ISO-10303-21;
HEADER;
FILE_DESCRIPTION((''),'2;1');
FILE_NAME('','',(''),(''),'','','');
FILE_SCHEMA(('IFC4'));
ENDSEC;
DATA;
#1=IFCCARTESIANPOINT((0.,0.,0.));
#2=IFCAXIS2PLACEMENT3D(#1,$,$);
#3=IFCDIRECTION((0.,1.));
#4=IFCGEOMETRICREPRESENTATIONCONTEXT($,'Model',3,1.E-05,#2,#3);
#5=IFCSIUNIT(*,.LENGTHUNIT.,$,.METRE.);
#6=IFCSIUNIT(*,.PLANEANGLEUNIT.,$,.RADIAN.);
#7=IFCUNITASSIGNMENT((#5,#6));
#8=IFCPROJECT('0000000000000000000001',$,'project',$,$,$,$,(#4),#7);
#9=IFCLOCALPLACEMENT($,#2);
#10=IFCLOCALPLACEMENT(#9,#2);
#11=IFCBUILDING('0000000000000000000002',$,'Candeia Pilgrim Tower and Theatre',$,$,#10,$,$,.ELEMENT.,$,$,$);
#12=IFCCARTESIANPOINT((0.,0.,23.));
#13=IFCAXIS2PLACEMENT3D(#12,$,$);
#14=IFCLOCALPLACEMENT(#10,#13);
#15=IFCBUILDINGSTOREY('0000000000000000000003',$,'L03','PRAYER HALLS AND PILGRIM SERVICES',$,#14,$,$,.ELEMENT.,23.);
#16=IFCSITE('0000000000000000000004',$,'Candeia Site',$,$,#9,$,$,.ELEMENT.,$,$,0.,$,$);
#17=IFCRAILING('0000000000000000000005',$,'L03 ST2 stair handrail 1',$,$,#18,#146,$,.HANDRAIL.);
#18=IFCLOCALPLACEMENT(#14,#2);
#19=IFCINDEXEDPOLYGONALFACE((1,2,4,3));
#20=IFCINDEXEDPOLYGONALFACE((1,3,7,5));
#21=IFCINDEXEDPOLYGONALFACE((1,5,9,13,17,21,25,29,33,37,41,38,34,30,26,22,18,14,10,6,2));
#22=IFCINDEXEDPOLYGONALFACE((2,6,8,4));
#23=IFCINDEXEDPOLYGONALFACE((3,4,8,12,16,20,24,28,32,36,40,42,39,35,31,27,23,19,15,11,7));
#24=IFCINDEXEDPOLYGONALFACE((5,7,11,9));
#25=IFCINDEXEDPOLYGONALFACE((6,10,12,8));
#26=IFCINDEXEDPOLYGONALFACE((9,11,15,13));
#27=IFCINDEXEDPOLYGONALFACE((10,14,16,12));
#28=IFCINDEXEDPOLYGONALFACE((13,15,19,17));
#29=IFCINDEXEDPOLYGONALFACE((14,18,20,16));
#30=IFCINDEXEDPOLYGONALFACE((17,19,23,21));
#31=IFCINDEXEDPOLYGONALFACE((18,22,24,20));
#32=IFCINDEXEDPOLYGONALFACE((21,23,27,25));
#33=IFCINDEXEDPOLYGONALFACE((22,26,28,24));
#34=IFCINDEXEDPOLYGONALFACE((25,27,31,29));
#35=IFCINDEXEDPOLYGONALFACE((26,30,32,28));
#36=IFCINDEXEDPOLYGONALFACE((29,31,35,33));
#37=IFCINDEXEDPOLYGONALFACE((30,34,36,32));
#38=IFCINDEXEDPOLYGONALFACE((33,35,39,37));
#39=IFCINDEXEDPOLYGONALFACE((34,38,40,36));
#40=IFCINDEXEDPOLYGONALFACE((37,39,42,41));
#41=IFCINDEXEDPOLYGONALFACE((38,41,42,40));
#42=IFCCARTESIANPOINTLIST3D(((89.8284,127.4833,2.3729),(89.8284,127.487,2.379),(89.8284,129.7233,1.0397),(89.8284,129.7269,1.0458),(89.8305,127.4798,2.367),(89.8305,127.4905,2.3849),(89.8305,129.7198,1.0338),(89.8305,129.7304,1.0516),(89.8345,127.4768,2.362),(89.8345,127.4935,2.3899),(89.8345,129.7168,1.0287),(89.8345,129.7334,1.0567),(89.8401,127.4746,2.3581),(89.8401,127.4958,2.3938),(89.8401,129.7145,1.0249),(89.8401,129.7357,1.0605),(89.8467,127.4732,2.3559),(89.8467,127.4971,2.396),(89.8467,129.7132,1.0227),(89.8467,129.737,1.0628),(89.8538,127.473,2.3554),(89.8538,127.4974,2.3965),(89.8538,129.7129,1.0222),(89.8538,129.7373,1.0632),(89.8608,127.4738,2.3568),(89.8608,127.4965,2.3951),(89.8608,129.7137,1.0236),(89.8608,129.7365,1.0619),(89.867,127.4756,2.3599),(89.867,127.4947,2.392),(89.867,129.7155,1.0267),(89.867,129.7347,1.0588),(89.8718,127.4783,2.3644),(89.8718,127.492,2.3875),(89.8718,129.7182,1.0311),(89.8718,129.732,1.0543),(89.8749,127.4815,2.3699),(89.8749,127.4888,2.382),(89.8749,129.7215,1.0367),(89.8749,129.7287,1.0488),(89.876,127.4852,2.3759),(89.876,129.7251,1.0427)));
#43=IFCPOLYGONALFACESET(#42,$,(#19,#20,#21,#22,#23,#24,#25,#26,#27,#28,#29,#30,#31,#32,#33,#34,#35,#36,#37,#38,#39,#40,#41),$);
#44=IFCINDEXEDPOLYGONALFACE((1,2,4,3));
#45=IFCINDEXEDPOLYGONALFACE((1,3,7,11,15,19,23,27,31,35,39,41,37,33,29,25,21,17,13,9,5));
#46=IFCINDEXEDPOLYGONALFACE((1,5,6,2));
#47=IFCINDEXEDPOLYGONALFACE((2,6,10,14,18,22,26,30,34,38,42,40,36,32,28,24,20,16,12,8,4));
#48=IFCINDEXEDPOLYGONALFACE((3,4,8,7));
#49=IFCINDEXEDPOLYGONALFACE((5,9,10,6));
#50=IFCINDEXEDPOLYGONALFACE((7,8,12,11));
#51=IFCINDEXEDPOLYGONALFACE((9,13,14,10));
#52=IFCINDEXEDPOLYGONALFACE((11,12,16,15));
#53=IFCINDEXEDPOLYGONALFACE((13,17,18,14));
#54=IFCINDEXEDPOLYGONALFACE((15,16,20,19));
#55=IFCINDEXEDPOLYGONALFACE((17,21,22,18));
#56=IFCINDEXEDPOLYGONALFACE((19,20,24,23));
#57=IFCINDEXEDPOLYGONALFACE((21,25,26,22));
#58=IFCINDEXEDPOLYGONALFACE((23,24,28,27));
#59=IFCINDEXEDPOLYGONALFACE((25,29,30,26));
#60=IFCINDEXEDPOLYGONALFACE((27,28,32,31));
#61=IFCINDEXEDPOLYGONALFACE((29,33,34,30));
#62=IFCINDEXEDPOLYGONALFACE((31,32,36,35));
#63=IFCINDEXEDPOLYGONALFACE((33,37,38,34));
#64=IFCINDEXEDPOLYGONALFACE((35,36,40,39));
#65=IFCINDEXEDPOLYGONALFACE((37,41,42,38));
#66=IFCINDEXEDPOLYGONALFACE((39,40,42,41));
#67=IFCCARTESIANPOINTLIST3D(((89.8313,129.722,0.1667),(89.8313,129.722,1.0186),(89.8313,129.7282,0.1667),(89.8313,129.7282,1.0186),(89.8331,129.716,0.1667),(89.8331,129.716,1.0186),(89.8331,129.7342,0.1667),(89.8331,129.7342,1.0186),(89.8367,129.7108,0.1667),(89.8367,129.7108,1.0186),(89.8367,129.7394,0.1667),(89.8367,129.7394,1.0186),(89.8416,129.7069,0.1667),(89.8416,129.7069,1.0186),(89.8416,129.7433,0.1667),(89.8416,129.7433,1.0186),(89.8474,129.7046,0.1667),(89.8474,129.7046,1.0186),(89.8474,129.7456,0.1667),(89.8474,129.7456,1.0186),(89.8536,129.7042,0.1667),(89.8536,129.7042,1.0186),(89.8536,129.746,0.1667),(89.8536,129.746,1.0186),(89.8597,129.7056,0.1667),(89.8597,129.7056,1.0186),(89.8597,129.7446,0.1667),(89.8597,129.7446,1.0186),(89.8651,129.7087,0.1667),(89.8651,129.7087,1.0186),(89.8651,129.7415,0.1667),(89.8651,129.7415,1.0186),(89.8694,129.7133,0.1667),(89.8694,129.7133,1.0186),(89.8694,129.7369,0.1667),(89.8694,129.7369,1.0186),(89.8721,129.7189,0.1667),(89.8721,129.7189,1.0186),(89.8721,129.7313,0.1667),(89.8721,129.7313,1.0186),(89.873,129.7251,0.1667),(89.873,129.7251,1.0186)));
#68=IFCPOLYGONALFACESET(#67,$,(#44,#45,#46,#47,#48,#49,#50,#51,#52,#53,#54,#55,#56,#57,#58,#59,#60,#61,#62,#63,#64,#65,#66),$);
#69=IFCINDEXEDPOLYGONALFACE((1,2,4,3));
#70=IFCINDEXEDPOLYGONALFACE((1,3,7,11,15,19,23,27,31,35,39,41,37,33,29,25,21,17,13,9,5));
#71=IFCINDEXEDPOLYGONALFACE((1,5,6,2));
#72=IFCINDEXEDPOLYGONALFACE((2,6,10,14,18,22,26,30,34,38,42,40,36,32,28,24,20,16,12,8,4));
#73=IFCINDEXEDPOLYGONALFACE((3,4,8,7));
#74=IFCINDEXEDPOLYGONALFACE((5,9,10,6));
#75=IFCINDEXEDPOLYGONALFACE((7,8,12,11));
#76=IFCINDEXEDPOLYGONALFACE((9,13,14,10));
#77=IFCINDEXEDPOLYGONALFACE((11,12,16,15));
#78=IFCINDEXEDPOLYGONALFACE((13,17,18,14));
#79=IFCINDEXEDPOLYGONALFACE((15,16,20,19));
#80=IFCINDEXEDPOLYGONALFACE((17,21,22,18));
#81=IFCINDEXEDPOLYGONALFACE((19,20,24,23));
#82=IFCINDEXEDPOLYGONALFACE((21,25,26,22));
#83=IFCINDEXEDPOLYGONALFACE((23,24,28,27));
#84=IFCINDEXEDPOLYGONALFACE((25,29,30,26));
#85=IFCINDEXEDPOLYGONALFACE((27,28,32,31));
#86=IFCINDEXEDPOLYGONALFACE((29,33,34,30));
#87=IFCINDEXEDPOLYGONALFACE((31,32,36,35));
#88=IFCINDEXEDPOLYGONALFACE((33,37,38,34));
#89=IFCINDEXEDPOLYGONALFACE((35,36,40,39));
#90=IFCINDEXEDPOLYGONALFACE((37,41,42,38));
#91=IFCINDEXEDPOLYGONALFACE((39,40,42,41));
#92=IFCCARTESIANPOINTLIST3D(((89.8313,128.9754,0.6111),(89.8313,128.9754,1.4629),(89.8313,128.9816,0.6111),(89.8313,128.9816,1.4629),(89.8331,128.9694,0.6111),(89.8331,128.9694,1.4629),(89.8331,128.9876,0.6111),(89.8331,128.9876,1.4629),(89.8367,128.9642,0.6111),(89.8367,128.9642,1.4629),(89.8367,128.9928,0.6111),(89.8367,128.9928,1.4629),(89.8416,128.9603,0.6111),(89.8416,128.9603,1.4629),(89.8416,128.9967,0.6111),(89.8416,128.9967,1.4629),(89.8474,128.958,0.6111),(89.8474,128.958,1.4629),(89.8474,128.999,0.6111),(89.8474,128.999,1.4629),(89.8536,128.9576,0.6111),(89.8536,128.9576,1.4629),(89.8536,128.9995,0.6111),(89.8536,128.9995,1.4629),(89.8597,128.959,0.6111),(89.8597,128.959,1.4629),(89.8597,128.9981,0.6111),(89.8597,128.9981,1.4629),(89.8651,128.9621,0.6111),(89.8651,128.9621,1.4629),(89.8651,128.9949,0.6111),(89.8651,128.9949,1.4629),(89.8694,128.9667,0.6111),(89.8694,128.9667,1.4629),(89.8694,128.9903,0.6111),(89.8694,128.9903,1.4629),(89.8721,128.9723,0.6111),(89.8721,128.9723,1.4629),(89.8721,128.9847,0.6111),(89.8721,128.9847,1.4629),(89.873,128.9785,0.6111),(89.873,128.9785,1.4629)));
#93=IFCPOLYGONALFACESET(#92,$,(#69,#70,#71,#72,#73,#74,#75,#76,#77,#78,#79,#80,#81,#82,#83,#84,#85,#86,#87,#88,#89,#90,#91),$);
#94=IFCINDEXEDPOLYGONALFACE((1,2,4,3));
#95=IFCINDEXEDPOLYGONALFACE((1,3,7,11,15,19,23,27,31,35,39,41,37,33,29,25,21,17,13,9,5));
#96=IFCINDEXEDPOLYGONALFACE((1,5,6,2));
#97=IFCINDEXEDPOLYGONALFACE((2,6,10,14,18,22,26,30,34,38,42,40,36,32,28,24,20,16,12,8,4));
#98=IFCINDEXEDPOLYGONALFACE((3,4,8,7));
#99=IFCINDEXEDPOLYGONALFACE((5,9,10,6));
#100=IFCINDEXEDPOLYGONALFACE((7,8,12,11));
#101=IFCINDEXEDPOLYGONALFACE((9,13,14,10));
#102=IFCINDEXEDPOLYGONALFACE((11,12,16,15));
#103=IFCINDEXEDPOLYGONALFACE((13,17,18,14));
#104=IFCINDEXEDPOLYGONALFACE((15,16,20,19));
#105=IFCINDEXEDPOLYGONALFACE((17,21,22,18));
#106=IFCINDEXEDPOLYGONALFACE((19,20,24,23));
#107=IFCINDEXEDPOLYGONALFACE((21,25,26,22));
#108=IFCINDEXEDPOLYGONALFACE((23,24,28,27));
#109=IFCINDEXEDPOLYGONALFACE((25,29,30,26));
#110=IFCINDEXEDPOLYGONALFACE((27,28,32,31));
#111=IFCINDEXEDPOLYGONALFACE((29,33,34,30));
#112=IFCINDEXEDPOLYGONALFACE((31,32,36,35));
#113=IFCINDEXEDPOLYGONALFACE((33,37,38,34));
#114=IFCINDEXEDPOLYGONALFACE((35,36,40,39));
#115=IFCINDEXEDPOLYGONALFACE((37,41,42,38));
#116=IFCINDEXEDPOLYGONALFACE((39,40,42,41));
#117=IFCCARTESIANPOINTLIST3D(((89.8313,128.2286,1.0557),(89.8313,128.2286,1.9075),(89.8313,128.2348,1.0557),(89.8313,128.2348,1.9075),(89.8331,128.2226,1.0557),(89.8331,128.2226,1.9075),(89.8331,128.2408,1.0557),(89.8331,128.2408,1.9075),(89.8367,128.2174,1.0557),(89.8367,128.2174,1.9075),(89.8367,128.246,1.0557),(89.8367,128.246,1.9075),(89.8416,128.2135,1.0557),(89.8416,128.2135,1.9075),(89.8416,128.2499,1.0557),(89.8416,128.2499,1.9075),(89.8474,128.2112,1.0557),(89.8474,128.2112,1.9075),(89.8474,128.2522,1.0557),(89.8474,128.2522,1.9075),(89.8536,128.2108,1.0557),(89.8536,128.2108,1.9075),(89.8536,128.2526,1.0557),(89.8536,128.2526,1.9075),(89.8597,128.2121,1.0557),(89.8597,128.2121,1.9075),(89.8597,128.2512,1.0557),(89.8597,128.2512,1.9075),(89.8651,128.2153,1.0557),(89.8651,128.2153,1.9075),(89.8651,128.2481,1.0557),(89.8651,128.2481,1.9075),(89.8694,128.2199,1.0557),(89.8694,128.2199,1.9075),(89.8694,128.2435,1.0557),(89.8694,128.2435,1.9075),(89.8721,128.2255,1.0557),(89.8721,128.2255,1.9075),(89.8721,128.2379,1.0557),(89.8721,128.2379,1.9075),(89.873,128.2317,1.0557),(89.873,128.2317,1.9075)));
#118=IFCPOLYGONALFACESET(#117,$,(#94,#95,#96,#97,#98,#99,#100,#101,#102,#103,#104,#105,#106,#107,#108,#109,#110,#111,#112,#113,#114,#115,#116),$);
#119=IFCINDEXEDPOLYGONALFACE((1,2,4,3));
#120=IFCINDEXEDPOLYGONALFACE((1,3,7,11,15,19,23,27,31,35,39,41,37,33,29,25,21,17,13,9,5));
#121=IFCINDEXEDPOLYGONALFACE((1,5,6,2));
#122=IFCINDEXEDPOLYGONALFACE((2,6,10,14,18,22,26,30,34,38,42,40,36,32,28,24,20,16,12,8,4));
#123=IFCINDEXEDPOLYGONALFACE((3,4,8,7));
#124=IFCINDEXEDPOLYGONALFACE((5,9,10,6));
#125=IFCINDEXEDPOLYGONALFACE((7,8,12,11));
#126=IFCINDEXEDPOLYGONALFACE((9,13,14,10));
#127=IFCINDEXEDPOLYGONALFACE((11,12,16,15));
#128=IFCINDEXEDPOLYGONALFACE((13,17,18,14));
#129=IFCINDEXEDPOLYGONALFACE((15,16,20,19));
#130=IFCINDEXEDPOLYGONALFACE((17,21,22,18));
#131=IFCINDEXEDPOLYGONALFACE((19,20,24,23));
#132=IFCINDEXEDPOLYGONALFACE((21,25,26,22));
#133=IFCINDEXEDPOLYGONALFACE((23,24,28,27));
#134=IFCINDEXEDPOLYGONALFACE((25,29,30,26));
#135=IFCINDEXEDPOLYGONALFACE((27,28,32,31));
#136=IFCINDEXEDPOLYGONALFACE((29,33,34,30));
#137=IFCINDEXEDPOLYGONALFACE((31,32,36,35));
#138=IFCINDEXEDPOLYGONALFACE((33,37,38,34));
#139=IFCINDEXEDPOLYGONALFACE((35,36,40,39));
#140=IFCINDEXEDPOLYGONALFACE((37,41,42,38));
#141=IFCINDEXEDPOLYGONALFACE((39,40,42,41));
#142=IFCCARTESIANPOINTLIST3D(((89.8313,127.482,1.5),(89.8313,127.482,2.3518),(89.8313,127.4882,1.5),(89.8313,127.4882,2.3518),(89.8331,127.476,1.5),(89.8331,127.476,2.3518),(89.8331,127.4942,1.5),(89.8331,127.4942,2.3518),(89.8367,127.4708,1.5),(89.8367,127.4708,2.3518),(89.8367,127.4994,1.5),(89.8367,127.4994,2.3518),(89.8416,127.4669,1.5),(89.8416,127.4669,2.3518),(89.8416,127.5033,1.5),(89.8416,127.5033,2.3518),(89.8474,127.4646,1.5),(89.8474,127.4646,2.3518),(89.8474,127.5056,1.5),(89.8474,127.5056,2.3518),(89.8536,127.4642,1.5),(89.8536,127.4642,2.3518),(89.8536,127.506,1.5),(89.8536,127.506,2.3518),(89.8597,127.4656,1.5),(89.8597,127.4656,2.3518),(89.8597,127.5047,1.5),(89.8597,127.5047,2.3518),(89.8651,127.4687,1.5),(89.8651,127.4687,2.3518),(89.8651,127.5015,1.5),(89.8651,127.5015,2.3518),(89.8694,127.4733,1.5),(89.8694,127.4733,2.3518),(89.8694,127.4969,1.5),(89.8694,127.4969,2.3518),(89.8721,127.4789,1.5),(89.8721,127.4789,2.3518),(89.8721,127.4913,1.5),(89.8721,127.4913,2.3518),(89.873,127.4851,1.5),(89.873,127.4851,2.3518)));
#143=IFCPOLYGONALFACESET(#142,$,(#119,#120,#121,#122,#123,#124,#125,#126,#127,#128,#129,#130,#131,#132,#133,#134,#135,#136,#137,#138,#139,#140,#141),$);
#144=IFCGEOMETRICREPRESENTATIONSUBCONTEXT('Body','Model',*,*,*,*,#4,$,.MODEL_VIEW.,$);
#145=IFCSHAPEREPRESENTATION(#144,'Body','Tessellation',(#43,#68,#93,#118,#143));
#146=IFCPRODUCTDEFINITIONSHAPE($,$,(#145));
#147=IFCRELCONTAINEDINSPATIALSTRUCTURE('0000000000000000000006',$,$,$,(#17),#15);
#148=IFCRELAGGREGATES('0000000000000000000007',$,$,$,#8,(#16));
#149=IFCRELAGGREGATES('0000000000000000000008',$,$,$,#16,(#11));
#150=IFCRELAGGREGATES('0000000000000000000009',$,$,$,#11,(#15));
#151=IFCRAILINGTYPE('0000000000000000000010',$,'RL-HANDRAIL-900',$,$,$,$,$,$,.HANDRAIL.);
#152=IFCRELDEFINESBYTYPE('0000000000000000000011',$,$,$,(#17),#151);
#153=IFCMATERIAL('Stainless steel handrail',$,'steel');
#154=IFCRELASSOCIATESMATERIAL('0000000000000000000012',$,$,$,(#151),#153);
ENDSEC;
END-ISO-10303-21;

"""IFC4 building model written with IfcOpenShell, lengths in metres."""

from ifc_helpers import new_model, si_unit, direction, frame, origin, origin_2d, place, context, subcontext, project, spatial, circle, extrude, material, type_object, element, save


model = new_model("IFC4")

# Units and contexts
model_context = context("Model", 3, precision=1e-05, world=origin(), true_north=direction((0.0, 1.0)))
body_context = subcontext(model_context, "Body", "Model", "MODEL_VIEW")
ifc_project = project(units=[si_unit("LENGTHUNIT", "METRE"), si_unit("PLANEANGLEUNIT", "RADIAN")], contexts=[model_context])

# Site, building, storey
site_placement = place(None, origin())
site = spatial("IfcSite", under=ifc_project, at=site_placement, Name="Candeia Site", CompositionType="ELEMENT", RefElevation=0.0)
building_placement = place(site_placement, origin())
building = spatial("IfcBuilding", under=site, at=building_placement, Name="Candeia Pilgrim Tower and Theatre", CompositionType="ELEMENT")
storey_placement = place(building_placement, frame((0.0, 0.0, 23.0)))
storey = spatial("IfcBuildingStorey", under=building, at=storey_placement, Name="L03", Description="PRAYER HALLS AND PILGRIM SERVICES", CompositionType="ELEMENT", Elevation=23.0)

# Railing
ifc_material_1 = material(Name="Stainless steel handrail", Category="steel")
railing_type_1 = type_object("IfcRailingType", Name="RL-HANDRAIL-900", PredefinedType="HANDRAIL", material=ifc_material_1)
for number, where, name in (
    (1, (89.8521, 129.7251, 0.1667), "L03 ST2 stair handrail 1"),
):
    element("IfcRailing", number, at=place(storey_placement, frame(where)), inside=storey, type_object=railing_type_1, Name=name, PredefinedType="HANDRAIL", context=body_context, shape_type="SweptSolid", body=[
        extrude(circle(Radius=0.0239, at=origin_2d()), frame((0.0, 0.0, 0.876), z_axis=(0.0, -0.859306, 0.511462), x_axis=(1.0, 0.0, 0.0)), (0.0, 0.0, 1.0), 2.6067),
        extrude(circle(Radius=0.021, at=origin_2d()), origin(), (0.0, 0.0, 1.0), 0.8518),
        extrude(circle(Radius=0.021, at=origin_2d()), frame((0.0, -0.7466, 0.4443)), (0.0, 0.0, 1.0), 0.8518),
        extrude(circle(Radius=0.021, at=origin_2d()), frame((0.0, -1.4934, 0.8889)), (0.0, 0.0, 1.0), 0.8518),
        extrude(circle(Radius=0.021, at=origin_2d()), frame((0.0, -2.24, 1.3333)), (0.0, 0.0, 1.0), 0.8518),
    ])

save(model, "model.ifc")
